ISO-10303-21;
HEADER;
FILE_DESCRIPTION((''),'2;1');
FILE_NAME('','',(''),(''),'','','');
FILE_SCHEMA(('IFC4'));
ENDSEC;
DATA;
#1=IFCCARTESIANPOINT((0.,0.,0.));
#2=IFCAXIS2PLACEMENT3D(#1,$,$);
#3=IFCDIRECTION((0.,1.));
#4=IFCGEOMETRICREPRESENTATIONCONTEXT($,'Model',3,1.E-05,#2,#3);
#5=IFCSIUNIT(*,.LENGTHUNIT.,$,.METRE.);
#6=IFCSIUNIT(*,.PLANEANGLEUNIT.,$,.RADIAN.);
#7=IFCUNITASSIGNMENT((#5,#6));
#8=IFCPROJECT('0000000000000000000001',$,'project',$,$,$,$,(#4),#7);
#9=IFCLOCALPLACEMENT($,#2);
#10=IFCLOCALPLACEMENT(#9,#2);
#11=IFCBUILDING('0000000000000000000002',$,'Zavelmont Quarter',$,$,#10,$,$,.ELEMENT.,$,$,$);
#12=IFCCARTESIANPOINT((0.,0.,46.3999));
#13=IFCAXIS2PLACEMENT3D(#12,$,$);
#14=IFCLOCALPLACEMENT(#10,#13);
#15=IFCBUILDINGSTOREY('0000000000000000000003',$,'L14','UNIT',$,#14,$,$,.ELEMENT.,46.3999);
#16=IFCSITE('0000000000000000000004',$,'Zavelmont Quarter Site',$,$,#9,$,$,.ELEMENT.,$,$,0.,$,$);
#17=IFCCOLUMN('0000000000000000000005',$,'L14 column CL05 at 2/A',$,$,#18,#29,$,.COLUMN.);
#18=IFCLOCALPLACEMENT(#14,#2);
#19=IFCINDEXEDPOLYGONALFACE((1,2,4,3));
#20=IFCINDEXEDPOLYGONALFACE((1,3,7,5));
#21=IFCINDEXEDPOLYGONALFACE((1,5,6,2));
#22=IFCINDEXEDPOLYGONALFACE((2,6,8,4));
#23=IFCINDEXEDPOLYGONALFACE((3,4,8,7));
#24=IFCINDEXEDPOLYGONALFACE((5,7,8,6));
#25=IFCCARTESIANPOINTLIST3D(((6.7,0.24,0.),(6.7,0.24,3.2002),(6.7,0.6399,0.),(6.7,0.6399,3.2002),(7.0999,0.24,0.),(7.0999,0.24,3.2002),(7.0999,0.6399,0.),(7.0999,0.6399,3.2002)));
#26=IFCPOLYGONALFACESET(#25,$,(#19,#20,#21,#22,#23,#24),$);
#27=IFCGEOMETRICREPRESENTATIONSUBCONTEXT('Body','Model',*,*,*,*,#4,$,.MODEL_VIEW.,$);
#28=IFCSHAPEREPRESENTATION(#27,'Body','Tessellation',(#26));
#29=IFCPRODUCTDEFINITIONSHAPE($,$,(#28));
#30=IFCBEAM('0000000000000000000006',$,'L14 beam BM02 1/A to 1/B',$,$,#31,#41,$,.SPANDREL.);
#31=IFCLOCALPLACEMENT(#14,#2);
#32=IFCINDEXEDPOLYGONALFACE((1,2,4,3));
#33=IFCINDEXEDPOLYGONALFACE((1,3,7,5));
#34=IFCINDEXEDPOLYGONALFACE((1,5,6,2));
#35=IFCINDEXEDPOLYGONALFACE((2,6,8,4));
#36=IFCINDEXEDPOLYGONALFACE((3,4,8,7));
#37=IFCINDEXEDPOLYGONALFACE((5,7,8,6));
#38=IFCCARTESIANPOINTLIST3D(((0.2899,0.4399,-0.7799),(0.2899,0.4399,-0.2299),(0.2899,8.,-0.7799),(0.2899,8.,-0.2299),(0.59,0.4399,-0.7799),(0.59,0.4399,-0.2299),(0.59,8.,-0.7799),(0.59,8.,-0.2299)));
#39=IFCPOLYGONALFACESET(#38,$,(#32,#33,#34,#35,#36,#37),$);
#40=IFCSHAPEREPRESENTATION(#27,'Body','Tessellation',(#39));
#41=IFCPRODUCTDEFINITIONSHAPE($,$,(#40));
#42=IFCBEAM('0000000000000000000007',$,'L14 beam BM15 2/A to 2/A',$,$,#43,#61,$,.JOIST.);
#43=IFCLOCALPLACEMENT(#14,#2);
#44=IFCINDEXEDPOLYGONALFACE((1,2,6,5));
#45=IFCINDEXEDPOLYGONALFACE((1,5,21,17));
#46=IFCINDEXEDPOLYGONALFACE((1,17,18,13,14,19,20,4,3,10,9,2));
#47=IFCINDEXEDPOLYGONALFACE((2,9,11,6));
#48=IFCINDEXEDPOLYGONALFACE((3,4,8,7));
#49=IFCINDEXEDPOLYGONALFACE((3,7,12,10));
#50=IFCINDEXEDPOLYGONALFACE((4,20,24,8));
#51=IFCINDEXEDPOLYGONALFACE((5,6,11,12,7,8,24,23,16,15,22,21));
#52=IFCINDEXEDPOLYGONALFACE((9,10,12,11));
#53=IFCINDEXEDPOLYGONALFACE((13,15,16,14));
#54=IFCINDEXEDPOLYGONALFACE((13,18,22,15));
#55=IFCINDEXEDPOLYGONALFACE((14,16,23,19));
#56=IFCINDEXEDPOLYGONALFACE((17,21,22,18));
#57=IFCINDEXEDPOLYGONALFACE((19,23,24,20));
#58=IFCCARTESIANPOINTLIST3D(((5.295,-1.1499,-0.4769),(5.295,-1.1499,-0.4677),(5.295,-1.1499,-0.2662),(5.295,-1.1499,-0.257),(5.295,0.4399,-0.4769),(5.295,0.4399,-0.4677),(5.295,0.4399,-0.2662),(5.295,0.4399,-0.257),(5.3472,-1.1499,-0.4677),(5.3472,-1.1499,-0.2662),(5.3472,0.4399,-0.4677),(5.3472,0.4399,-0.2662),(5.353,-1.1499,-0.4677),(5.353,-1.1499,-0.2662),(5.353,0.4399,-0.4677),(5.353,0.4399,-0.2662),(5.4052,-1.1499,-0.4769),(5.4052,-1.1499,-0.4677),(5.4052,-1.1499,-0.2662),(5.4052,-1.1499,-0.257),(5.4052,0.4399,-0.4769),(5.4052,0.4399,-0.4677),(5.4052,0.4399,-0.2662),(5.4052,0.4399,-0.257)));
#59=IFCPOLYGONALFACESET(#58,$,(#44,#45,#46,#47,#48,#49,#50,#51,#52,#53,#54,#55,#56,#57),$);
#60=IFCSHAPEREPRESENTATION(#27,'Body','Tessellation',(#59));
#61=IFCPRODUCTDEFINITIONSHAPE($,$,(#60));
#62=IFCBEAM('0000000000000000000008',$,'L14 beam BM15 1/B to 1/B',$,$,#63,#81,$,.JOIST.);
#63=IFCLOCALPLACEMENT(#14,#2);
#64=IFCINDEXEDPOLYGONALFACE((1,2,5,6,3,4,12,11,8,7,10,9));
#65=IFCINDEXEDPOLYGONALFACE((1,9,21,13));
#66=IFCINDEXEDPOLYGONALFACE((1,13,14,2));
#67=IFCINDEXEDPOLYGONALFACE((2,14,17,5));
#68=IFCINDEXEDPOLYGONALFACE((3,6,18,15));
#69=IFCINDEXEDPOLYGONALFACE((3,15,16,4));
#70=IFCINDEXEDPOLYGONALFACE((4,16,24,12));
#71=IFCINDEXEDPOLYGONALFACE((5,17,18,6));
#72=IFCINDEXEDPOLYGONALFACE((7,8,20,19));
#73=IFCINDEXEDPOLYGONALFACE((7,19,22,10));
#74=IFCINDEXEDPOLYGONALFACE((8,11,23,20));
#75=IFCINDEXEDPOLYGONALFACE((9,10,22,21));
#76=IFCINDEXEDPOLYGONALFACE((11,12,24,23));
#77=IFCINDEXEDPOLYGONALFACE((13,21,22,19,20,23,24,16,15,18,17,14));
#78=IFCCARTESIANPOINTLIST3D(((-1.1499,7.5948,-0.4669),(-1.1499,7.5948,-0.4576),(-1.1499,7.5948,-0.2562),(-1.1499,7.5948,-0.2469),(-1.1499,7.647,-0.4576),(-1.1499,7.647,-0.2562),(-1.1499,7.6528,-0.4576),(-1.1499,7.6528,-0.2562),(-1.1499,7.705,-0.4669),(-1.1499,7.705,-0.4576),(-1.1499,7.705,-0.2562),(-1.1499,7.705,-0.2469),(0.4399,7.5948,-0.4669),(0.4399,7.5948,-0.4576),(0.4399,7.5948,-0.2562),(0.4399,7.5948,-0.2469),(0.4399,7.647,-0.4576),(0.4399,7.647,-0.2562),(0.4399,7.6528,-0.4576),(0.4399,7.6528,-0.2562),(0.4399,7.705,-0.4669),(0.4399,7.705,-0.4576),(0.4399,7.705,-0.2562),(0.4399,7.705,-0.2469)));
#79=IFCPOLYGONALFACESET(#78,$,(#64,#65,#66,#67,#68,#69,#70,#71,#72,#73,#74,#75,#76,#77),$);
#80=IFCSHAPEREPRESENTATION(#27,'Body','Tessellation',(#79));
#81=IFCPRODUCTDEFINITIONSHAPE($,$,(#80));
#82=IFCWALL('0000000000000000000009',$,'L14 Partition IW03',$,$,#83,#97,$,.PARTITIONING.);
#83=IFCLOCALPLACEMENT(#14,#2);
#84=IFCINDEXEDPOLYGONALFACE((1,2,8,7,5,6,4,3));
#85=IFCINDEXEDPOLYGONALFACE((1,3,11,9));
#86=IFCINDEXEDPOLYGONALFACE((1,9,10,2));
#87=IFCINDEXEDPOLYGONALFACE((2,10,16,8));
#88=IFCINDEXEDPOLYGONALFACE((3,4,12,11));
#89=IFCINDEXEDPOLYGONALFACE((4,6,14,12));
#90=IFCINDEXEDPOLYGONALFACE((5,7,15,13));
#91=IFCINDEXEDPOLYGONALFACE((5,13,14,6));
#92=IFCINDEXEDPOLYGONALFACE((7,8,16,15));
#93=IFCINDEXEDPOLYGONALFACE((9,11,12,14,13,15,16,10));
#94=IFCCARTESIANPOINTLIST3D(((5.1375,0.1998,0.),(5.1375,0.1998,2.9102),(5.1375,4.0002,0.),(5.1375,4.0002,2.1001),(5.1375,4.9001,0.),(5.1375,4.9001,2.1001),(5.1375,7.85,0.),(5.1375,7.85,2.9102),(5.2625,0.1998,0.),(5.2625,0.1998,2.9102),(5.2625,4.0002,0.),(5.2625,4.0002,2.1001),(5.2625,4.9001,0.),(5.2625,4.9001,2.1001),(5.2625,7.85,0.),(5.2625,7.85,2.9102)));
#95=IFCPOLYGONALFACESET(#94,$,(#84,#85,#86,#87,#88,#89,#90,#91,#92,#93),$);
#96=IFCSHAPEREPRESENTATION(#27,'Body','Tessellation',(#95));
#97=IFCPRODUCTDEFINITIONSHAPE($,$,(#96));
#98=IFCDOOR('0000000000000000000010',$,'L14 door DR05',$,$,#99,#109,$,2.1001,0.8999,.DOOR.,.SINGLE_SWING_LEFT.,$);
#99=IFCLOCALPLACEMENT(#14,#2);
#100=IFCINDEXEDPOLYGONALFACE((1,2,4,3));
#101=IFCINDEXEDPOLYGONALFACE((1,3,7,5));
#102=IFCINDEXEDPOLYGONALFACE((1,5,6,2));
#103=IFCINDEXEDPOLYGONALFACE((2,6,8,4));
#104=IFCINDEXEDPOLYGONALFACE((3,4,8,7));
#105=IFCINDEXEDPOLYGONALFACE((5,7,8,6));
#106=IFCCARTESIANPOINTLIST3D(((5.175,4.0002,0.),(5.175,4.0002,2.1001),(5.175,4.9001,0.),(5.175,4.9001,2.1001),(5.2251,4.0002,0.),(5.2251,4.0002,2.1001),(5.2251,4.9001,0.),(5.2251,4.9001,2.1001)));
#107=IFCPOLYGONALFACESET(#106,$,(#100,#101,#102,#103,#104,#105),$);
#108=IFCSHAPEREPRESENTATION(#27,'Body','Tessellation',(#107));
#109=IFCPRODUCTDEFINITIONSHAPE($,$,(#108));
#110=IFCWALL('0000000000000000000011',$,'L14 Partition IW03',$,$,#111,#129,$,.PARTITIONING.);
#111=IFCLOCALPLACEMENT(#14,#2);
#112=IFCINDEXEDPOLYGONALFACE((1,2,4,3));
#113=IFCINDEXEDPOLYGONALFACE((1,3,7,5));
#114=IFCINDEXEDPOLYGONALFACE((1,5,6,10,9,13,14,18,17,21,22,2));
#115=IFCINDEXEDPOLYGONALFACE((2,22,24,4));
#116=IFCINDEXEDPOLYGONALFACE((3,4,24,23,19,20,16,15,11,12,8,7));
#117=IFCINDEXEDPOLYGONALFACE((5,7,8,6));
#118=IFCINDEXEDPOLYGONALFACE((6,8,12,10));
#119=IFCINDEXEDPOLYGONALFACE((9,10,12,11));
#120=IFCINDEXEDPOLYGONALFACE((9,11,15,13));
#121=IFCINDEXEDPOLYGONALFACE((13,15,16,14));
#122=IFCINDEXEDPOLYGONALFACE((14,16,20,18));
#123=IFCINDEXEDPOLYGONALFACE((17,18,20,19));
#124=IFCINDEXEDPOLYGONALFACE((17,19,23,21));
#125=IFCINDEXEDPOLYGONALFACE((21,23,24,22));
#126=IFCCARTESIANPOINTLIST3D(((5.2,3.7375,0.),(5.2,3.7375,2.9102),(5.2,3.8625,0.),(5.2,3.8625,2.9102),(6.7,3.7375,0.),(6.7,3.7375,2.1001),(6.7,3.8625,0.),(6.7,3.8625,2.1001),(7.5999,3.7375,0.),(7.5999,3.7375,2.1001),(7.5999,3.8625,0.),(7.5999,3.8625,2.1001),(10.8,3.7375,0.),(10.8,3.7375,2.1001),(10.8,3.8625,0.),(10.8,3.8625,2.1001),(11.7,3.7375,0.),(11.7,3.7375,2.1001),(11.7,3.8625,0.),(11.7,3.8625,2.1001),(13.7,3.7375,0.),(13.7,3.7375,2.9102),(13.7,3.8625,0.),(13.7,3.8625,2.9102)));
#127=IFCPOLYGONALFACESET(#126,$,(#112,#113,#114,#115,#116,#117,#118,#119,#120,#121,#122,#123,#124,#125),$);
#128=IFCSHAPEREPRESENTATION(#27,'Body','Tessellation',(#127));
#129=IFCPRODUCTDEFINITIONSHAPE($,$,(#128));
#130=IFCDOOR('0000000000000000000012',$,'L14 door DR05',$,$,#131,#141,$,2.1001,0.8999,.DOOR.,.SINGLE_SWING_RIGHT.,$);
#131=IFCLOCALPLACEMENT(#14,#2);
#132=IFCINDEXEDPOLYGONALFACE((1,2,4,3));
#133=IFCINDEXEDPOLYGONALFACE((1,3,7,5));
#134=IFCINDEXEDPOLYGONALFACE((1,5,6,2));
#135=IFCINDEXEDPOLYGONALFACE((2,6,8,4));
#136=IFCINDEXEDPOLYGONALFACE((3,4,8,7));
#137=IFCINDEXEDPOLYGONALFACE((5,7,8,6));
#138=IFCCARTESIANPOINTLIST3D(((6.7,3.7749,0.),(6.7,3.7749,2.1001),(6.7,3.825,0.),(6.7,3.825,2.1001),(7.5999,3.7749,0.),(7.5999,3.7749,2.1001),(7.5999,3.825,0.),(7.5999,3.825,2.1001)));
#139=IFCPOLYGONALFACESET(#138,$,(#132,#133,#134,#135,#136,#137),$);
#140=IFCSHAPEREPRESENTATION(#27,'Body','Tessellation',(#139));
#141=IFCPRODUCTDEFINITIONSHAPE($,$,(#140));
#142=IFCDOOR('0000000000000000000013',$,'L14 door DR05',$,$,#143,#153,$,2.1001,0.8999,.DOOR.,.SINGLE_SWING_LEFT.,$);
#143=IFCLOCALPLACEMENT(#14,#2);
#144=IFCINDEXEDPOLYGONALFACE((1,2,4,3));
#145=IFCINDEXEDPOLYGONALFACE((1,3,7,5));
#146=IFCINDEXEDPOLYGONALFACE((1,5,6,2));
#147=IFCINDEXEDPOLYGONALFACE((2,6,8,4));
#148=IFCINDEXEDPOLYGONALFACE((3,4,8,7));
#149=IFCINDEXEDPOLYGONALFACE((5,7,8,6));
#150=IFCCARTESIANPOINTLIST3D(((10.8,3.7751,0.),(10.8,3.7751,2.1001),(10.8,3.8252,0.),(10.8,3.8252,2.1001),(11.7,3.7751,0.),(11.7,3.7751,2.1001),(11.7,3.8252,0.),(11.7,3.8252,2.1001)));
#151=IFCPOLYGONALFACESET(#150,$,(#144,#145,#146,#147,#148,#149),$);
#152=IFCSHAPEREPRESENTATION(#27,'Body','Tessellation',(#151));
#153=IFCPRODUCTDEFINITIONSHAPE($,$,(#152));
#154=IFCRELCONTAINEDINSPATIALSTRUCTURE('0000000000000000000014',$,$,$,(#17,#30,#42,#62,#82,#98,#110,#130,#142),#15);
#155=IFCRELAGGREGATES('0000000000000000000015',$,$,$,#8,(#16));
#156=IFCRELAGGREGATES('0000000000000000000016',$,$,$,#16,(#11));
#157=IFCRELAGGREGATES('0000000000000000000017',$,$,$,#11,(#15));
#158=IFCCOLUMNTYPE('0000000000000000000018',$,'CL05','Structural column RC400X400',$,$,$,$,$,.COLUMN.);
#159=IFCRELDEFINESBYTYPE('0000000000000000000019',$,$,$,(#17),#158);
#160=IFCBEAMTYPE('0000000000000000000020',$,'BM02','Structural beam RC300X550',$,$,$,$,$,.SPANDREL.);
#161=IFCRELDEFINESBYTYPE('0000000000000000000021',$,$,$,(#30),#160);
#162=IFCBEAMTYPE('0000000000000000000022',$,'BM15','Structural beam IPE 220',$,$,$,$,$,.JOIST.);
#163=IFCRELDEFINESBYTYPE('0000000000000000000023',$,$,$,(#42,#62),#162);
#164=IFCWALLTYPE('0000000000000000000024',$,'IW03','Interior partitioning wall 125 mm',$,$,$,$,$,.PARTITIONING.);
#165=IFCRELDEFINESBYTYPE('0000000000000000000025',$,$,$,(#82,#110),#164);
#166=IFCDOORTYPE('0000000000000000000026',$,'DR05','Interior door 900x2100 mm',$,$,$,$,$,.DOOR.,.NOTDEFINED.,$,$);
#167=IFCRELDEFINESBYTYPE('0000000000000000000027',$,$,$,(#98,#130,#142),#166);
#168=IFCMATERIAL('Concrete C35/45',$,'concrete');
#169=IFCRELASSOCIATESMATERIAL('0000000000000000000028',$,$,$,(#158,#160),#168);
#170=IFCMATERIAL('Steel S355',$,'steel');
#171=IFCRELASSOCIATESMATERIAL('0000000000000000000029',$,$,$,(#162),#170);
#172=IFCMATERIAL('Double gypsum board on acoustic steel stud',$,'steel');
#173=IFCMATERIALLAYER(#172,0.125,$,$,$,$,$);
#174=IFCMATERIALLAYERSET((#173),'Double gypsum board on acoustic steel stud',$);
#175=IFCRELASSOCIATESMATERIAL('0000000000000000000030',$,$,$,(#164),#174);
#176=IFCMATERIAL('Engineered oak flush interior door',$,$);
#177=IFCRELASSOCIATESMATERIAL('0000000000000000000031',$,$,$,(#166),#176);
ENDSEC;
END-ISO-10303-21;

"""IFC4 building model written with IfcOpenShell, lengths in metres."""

from ifc_helpers import new_model, si_unit, direction, frame, frame_2d, origin, origin_with_axes, origin_2d, place, context, subcontext, project, spatial, rectangle, i_section, extrude, material, layer, layer_set, material_profile, profile_set, type_object, element, fill, save


model = new_model("IFC4")

# Units and contexts
model_context = context("Model", 3, precision=1e-05, world=origin(), true_north=direction((0.0, 1.0)))
body_context = subcontext(model_context, "Body", "Model", "MODEL_VIEW")
ifc_project = project(units=[si_unit("LENGTHUNIT", "METRE"), si_unit("PLANEANGLEUNIT", "RADIAN")], contexts=[model_context])

# Site, building, storey
site_placement = place(None, origin())
site = spatial("IfcSite", under=ifc_project, at=site_placement, Name="Zavelmont Quarter Site", CompositionType="ELEMENT", RefElevation=0.0)
building_placement = place(site_placement, origin())
building = spatial("IfcBuilding", under=site, at=building_placement, Name="Zavelmont Quarter", CompositionType="ELEMENT")
storey_placement = place(building_placement, frame((0.0, 0.0, 46.3999)))
storey = spatial("IfcBuildingStorey", under=building, at=storey_placement, Name="L14", Description="UNIT", CompositionType="ELEMENT", Elevation=46.3999)

# Column
ifc_material_1 = material(Name="Concrete C35/45", Category="concrete")
ifc_material_profile_1 = material_profile(ifc_material_1, rectangle(XDim=0.3999, YDim=0.3999, at=origin_2d()), Name="RC400X400")
ifc_profile_set_1 = profile_set([ifc_material_profile_1], Name="Concrete C35/45")
column_type = type_object("IfcColumnType", Name="CL05", Description="Structural column RC400X400", PredefinedType="COLUMN", material=ifc_profile_set_1)
column_placement = place(storey_placement, frame((6.8999, 0.4399, 0.0), z_axis=(0.0, 0.0, 1.0), x_axis=(1.0, 0.0, 0.0)))
element("IfcColumn", 1, at=column_placement, inside=storey, type_object=column_type, Name="L14 column CL05 at 2/A", PredefinedType="COLUMN", context=body_context, shape_type="SweptSolid", body=[
    extrude(rectangle(XDim=0.3999, YDim=0.3999, at=origin_2d()), origin(), (0.0, 0.0, 1.0), 3.2002),
])

# Beams
ifc_material_profile_2 = material_profile(ifc_material_1, rectangle(XDim=0.3, YDim=0.55, at=origin_2d()), Name="RC300X550")
ifc_profile_set_2 = profile_set([ifc_material_profile_2], Name="Concrete C35/45")
beam_type_1 = type_object("IfcBeamType", Name="BM02", Description="Structural beam RC300X550", PredefinedType="SPANDREL", material=ifc_profile_set_2)
beam_placement = place(storey_placement, frame((0.4399, 0.4399, -0.5049), z_axis=(0.0, 1.0, 0.0), x_axis=(-1.0, 0.0, 0.0)))
element("IfcBeam", 2, at=beam_placement, inside=storey, type_object=beam_type_1, Name="L14 beam BM02 1/A to 1/B", PredefinedType="SPANDREL", context=body_context, shape_type="SweptSolid", body=[
    extrude(rectangle(XDim=0.3, YDim=0.55, at=origin_2d()), origin(), (0.0, 0.0, 1.0), 7.5601),
])
ifc_material_2 = material(Name="Steel S355", Category="steel")
ifc_material_profile_3 = material_profile(ifc_material_2, i_section(OverallWidth=0.1101, OverallDepth=0.22, WebThickness=0.0059, FlangeThickness=0.0093, at=origin_2d()), Name="IPE 220")
ifc_profile_set_3 = profile_set([ifc_material_profile_3], Name="Steel S355")
beam_type_2 = type_object("IfcBeamType", Name="BM15", Description="Structural beam IPE 220", PredefinedType="JOIST", material=ifc_profile_set_3)
for number, where, z_axis, x_axis, name in (
    (3, (5.3501, 0.4399, -0.3669), (0.0, -1.0, 0.0), (1.0, 0.0, 0.0), "L14 beam BM15 2/A to 2/A"),
    (4, (0.4399, 7.6499, -0.3569), (-1.0, 0.0, 0.0), (0.0, -1.0, 0.0), "L14 beam BM15 1/B to 1/B"),
):
    element("IfcBeam", number, at=place(storey_placement, frame(where, z_axis=z_axis, x_axis=x_axis)), inside=storey, type_object=beam_type_2, Name=name, PredefinedType="JOIST", context=body_context, shape_type="SweptSolid", body=[
        extrude(i_section(OverallWidth=0.1101, OverallDepth=0.22, WebThickness=0.0059, FlangeThickness=0.0093, at=origin_2d()), origin(), (0.0, 0.0, 1.0), 1.5898),
    ])

# Wall, opening, door
ifc_material_3 = material(Name="Double gypsum board on acoustic steel stud", Category="steel")
ifc_layer_1 = layer(ifc_material_3, 0.125)
ifc_layer_set_1 = layer_set([ifc_layer_1], Name="Double gypsum board on acoustic steel stud")
wall_type_1 = type_object("IfcWallType", Name="IW03", Description="Interior partitioning wall 125 mm", PredefinedType="PARTITIONING", material=ifc_layer_set_1)
wall_1_placement = place(storey_placement, frame((5.2, 7.8501, 0.0), z_axis=(0.0, 0.0, 1.0), x_axis=(0.0, -1.0, 0.0)))
wall_1 = element("IfcWall", 5, at=wall_1_placement, inside=storey, type_object=wall_type_1, Name="L14 Partition IW03", PredefinedType="PARTITIONING", context=body_context, shape_type="SweptSolid", body=[
    extrude(rectangle(XDim=7.6501, YDim=0.125, at=frame_2d((3.8252, 0.0))), origin(), (0.0, 0.0, 1.0), 2.9102),
])
opening_1_placement = place(wall_1_placement, frame((2.95, 0.0, 0.0)))
opening_1 = element("IfcOpeningElement", 6, at=opening_1_placement, cuts=wall_1, PredefinedType="OPENING", context=body_context, shape_type="SweptSolid", body=[
    extrude(rectangle(XDim=0.8999, YDim=2.1001, at=frame_2d((0.45, 1.05))), frame((0.0, 0.0745, 0.0), z_axis=(0.0, -1.0, 0.0), x_axis=(1.0, 0.0, 0.0)), (0.0, 0.0, 1.0), 0.1489),
])
ifc_material_4 = material(Name="Engineered oak flush interior door")
door_type_1 = type_object("IfcDoorType", Name="DR05", Description="Interior door 900x2100 mm", OperationType="NOTDEFINED", PredefinedType="DOOR", material=ifc_material_4)
door_1_placement = place(opening_1_placement, frame((0.8999, 0.0, 0.0), z_axis=(0.0, 0.0, 1.0), x_axis=(-1.0, 0.0, 0.0)))
door_1 = element("IfcDoor", 7, at=door_1_placement, inside=storey, type_object=door_type_1, Name="L14 door DR05", OperationType="SINGLE_SWING_LEFT", OverallHeight=2.1001, OverallWidth=0.8999, PredefinedType="DOOR", context=body_context, shape_type="SweptSolid", body=[
    extrude(rectangle(XDim=0.8999, YDim=2.1001, at=frame_2d((0.45, 1.05))), frame((0.0, 0.0249, 0.0), z_axis=(0.0, -1.0, 0.0), x_axis=(1.0, 0.0, 0.0)), (0.0, 0.0, 1.0), 0.05),
])
fill(opening_1, door_1)

# Wall, openings, doors
wall_2_placement = place(storey_placement, frame((5.2, 3.8, 0.0), z_axis=(0.0, 0.0, 1.0), x_axis=(1.0, 0.0, 0.0)))
wall_2 = element("IfcWall", 8, at=wall_2_placement, inside=storey, type_object=wall_type_1, Name="L14 Partition IW03", PredefinedType="PARTITIONING", context=body_context, shape_type="SweptSolid", body=[
    extrude(rectangle(XDim=8.5, YDim=0.125, at=frame_2d((4.25, 0.0))), origin(), (0.0, 0.0, 1.0), 2.9102),
])
opening_2_placement = place(wall_2_placement, frame((1.5, 0.0, 0.0)))
opening_2 = element("IfcOpeningElement", 9, at=opening_2_placement, cuts=wall_2, PredefinedType="OPENING", context=body_context, shape_type="SweptSolid", body=[
    extrude(rectangle(XDim=0.8999, YDim=2.1001, at=frame_2d((0.45, 1.05))), frame((0.0, 0.0745, 0.0), z_axis=(0.0, -1.0, 0.0), x_axis=(1.0, 0.0, 0.0)), (0.0, 0.0, 1.0), 0.1489),
])
opening_3_placement = place(wall_2_placement, frame((5.6001, 0.0, 0.0)))
opening_3 = element("IfcOpeningElement", 10, at=opening_3_placement, cuts=wall_2, PredefinedType="OPENING", context=body_context, shape_type="SweptSolid", body=[
    extrude(rectangle(XDim=0.8999, YDim=2.1001, at=frame_2d((0.45, 1.05))), frame((0.0, 0.0745, 0.0), z_axis=(0.0, -1.0, 0.0), x_axis=(1.0, 0.0, 0.0)), (0.0, 0.0, 1.0), 0.1489),
])
door_2_placement = place(opening_2_placement, origin_with_axes())
door_2 = element("IfcDoor", 11, at=door_2_placement, inside=storey, type_object=door_type_1, Name="L14 door DR05", OperationType="SINGLE_SWING_RIGHT", OverallHeight=2.1001, OverallWidth=0.8999, PredefinedType="DOOR", context=body_context, shape_type="SweptSolid", body=[
    extrude(rectangle(XDim=0.8999, YDim=2.1001, at=frame_2d((0.45, 1.05))), frame((0.0, 0.0249, 0.0), z_axis=(0.0, -1.0, 0.0), x_axis=(1.0, 0.0, 0.0)), (0.0, 0.0, 1.0), 0.05),
])
fill(opening_2, door_2)
door_3_placement = place(opening_3_placement, frame((0.8999, 0.0, 0.0), z_axis=(0.0, 0.0, 1.0), x_axis=(-1.0, 0.0, 0.0)))
door_3 = element("IfcDoor", 12, at=door_3_placement, inside=storey, type_object=door_type_1, Name="L14 door DR05", OperationType="SINGLE_SWING_LEFT", OverallHeight=2.1001, OverallWidth=0.8999, PredefinedType="DOOR", context=body_context, shape_type="SweptSolid", body=[
    extrude(rectangle(XDim=0.8999, YDim=2.1001, at=frame_2d((0.45, 1.05))), frame((0.0, 0.0249, 0.0), z_axis=(0.0, -1.0, 0.0), x_axis=(1.0, 0.0, 0.0)), (0.0, 0.0, 1.0), 0.05),
])
fill(opening_3, door_3)

save(model, "model.ifc")
